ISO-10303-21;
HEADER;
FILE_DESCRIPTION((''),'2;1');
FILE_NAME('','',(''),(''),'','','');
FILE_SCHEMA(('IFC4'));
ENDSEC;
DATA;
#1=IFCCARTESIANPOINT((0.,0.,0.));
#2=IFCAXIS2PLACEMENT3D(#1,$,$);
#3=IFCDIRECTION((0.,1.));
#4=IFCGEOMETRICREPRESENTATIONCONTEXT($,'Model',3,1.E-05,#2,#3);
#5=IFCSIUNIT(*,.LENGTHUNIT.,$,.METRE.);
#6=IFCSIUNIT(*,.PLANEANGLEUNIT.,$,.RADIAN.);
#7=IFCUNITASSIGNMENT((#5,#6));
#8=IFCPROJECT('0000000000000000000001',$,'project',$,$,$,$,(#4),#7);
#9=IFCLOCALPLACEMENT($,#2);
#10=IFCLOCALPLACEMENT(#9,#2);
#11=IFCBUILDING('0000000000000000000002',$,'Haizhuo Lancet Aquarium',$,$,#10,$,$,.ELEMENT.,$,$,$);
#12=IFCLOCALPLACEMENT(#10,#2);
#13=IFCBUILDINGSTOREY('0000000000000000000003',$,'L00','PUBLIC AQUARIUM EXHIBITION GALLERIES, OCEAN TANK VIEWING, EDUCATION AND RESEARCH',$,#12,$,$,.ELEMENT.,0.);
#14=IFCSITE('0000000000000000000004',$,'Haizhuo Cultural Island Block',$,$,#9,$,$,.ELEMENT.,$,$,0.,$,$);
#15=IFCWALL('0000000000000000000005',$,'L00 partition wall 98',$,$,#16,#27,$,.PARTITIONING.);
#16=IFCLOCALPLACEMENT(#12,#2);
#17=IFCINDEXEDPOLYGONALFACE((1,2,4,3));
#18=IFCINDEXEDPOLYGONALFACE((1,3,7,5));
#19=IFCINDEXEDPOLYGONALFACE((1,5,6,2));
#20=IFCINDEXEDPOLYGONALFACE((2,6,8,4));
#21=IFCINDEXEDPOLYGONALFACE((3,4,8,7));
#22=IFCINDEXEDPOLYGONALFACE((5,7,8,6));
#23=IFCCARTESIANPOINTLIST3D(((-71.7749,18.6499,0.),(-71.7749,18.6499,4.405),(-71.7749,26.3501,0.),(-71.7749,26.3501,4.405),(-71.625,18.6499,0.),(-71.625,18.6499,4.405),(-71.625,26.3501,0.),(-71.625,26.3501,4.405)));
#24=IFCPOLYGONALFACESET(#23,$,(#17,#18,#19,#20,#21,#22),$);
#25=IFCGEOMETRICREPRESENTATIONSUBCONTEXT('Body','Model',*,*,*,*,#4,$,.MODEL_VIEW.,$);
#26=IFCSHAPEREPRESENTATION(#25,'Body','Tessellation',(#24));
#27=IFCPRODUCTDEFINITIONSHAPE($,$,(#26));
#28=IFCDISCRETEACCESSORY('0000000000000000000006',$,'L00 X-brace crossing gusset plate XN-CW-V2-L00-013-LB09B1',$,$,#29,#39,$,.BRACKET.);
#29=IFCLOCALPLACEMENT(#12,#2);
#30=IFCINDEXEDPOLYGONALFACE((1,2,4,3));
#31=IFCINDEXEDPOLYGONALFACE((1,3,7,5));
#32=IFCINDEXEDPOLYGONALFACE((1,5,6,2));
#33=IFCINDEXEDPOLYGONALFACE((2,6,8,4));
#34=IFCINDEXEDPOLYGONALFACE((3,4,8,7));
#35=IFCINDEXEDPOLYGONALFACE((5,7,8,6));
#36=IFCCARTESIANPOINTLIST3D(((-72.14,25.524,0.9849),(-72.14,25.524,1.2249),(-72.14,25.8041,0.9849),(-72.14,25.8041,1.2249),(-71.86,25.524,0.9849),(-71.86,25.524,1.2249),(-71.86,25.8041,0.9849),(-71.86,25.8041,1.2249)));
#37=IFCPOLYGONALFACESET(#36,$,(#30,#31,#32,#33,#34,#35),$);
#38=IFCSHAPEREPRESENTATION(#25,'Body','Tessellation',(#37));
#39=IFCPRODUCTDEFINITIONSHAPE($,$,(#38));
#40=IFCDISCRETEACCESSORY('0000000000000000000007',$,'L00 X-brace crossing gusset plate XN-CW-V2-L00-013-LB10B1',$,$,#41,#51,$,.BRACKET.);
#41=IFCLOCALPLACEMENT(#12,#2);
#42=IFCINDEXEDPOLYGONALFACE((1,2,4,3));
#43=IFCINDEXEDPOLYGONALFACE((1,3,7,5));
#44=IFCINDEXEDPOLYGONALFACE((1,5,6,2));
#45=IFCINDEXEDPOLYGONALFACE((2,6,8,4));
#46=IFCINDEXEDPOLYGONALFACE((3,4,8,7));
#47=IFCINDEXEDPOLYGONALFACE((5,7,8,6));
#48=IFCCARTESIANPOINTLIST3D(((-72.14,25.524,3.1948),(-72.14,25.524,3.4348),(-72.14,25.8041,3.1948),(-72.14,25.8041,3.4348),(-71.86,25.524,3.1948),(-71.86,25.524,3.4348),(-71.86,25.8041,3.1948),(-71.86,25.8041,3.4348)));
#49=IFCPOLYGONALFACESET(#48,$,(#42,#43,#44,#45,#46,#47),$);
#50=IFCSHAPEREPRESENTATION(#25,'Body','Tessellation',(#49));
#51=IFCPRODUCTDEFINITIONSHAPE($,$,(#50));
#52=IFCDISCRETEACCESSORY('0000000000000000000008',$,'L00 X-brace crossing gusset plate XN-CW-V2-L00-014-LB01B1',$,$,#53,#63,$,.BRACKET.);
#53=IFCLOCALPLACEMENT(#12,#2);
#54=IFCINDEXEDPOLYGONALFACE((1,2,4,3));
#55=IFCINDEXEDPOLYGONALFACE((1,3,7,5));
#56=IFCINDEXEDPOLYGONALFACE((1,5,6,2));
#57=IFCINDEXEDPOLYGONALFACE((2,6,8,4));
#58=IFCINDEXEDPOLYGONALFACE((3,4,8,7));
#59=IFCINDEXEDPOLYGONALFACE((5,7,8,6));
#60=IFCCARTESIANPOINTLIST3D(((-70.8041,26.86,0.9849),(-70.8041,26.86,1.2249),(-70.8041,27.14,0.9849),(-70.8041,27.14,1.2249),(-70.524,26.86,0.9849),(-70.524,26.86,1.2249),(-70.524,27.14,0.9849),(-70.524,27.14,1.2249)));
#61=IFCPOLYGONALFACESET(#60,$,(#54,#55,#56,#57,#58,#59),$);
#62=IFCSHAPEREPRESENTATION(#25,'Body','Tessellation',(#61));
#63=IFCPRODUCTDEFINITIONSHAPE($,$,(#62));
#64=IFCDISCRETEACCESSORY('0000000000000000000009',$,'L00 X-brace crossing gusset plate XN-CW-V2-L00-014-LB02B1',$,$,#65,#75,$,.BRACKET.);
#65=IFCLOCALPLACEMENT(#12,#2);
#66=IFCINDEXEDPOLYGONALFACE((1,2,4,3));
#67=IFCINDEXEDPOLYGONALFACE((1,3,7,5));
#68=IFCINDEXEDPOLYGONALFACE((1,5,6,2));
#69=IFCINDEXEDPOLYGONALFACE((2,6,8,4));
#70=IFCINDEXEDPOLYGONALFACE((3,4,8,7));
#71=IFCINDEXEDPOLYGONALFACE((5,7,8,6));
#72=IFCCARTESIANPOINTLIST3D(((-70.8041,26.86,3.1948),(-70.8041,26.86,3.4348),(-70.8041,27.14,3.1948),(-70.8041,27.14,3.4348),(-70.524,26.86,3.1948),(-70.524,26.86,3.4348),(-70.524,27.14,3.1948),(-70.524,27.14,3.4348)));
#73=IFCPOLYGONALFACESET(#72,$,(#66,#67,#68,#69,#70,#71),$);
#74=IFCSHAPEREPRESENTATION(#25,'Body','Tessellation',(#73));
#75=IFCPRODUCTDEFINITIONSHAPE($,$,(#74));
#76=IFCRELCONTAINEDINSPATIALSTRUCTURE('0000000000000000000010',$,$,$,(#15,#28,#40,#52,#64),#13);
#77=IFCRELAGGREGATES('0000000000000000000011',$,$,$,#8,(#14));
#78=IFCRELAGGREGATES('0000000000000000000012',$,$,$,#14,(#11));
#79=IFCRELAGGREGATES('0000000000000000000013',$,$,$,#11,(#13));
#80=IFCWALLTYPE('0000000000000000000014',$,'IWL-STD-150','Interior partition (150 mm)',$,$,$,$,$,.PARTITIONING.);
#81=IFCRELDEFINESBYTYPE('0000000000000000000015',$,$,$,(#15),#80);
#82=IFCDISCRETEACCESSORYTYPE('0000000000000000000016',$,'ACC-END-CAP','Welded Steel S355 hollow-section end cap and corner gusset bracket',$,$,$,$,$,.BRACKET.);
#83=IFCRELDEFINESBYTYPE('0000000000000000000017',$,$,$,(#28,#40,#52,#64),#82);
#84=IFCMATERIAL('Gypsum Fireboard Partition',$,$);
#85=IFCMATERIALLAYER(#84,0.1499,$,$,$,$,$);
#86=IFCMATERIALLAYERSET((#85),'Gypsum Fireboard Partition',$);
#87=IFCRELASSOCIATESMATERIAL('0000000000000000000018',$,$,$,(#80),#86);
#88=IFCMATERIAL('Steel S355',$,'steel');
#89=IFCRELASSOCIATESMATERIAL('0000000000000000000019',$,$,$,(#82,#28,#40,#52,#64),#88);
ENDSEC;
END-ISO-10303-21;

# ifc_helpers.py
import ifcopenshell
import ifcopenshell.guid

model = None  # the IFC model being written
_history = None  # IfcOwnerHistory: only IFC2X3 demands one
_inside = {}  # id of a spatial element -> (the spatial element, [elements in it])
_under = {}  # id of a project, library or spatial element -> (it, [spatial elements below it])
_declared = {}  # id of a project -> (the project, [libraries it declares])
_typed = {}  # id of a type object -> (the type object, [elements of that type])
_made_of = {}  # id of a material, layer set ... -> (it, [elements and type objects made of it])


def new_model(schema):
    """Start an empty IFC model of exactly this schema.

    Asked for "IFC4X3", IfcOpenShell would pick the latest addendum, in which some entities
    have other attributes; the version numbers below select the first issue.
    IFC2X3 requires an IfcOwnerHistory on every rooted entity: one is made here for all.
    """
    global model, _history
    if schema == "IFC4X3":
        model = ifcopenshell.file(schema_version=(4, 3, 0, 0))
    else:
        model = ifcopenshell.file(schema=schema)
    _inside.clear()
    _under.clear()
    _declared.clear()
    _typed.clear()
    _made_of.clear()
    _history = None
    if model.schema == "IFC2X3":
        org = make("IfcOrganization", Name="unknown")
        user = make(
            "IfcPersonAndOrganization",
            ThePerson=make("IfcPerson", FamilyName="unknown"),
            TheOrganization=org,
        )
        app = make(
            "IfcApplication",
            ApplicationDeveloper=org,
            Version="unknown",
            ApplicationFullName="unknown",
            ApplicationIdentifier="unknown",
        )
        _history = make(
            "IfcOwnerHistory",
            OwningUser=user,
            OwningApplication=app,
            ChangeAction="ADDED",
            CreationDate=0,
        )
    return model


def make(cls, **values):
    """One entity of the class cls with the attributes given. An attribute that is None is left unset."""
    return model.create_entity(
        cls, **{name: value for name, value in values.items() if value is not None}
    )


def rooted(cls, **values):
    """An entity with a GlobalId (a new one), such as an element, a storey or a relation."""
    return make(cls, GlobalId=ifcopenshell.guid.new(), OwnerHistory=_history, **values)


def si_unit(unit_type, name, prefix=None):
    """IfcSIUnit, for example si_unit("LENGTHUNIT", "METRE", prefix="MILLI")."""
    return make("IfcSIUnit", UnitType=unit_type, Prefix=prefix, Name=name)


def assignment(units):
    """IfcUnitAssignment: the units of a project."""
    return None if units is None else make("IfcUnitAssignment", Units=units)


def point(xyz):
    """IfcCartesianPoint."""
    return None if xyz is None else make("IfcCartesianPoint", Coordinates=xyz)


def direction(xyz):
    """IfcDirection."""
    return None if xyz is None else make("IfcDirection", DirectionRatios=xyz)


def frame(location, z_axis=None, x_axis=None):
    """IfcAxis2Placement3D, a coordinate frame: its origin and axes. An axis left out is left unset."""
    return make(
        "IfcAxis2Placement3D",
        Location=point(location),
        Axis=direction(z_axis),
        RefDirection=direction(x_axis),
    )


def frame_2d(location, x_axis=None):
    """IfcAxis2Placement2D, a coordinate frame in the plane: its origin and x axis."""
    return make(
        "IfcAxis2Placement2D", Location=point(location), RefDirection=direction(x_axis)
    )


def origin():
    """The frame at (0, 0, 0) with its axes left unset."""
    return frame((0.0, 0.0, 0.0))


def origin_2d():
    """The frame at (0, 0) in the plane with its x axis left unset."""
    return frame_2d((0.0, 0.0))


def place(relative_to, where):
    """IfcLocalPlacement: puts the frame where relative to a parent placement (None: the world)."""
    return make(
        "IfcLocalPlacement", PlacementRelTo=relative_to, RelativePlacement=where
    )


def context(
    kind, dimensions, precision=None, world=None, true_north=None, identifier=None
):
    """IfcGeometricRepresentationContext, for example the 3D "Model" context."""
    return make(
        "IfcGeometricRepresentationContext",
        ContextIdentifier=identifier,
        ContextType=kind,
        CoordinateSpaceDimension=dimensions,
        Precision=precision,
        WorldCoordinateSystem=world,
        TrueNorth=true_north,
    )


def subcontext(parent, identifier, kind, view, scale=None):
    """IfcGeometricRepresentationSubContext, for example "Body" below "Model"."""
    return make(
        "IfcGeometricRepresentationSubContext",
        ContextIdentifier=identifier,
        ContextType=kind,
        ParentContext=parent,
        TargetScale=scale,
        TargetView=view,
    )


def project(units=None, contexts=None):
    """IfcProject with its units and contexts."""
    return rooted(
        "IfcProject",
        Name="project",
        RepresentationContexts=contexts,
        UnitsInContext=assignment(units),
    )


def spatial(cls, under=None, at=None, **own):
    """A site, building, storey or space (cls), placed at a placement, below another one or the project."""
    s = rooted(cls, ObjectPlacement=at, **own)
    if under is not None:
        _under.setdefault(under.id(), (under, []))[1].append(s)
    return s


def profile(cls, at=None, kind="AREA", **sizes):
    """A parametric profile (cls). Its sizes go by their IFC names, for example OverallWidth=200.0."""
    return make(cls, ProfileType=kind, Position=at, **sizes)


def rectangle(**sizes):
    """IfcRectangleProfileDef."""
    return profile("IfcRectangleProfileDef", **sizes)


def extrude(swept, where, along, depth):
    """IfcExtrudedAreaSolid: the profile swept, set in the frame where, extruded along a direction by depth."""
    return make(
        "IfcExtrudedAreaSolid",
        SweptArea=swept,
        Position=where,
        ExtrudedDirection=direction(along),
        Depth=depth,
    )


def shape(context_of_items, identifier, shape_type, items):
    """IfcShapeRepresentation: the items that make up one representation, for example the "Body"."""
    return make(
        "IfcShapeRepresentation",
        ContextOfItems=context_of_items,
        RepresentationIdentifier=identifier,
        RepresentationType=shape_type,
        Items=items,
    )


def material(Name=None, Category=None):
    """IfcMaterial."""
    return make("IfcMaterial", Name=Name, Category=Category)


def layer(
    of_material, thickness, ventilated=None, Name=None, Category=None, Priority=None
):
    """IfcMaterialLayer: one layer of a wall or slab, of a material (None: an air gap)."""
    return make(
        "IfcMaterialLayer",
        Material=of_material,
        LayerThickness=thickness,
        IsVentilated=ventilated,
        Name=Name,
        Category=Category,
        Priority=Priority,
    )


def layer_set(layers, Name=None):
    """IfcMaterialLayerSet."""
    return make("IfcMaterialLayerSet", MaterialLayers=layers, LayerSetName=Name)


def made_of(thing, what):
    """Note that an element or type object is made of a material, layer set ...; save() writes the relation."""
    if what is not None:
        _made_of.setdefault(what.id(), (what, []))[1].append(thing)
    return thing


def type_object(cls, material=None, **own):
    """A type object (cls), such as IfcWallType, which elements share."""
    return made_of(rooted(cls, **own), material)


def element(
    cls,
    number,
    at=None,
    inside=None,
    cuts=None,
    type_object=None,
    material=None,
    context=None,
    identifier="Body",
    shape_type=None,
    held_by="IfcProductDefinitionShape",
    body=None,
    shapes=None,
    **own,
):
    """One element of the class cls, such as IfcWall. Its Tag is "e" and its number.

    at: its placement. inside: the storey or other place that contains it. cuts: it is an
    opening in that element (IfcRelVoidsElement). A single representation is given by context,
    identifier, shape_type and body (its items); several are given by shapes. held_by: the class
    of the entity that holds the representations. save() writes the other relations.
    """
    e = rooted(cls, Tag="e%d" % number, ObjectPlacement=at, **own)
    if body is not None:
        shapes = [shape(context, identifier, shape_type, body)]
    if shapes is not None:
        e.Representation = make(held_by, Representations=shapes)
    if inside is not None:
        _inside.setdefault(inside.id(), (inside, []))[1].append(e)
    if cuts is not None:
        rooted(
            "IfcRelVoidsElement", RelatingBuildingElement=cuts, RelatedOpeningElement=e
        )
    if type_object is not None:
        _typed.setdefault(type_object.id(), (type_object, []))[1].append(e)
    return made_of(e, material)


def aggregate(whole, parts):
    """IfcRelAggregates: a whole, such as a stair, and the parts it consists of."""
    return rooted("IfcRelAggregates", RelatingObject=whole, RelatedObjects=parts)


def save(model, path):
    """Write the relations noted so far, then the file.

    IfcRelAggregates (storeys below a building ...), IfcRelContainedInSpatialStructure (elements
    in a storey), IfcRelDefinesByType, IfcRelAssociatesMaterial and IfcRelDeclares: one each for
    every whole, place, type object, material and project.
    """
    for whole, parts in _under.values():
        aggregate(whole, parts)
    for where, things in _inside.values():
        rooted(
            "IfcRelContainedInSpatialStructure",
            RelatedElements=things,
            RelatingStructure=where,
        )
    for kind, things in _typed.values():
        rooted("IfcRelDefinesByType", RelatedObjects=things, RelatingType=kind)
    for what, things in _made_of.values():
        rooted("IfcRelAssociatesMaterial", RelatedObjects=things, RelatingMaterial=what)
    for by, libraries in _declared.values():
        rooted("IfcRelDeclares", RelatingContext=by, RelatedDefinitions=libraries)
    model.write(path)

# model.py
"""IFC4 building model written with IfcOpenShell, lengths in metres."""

from ifc_helpers import new_model, si_unit, direction, frame, frame_2d, origin, origin_2d, place, context, subcontext, project, spatial, rectangle, extrude, material, layer, layer_set, type_object, element, save


model = new_model("IFC4")

# Units and contexts
model_context = context("Model", 3, precision=1e-05, world=origin(), true_north=direction((0.0, 1.0)))
body_context = subcontext(model_context, "Body", "Model", "MODEL_VIEW")
ifc_project = project(units=[si_unit("LENGTHUNIT", "METRE"), si_unit("PLANEANGLEUNIT", "RADIAN")], contexts=[model_context])

# Site, building, storey
site_placement = place(None, origin())
site = spatial("IfcSite", under=ifc_project, at=site_placement, Name="Haizhuo Cultural Island Block", CompositionType="ELEMENT", RefElevation=0.0)
building_placement = place(site_placement, origin())
building = spatial("IfcBuilding", under=site, at=building_placement, Name="Haizhuo Lancet Aquarium", CompositionType="ELEMENT")
storey_placement = place(building_placement, origin())
storey = spatial("IfcBuildingStorey", under=building, at=storey_placement, Name="L00", Description="PUBLIC AQUARIUM EXHIBITION GALLERIES, OCEAN TANK VIEWING, EDUCATION AND RESEARCH", CompositionType="ELEMENT", Elevation=0.0)

# Shared definitions
ifc_material_1 = material(Name="Steel S355", Category="steel")

# Wall
ifc_material_2 = material(Name="Gypsum Fireboard Partition")
ifc_layer_1 = layer(ifc_material_2, 0.1499)
ifc_layer_set_1 = layer_set([ifc_layer_1], Name="Gypsum Fireboard Partition")
wall_type = type_object("IfcWallType", Name="IWL-STD-150", Description="Interior partition (150 mm)", PredefinedType="PARTITIONING", material=ifc_layer_set_1)
wall_placement = place(storey_placement, frame((-71.7, 26.3501, 0.0), z_axis=(0.0, 0.0, 1.0), x_axis=(0.0, -1.0, 0.0)))
element("IfcWall", 1, at=wall_placement, inside=storey, type_object=wall_type, Name="L00 partition wall 98", PredefinedType="PARTITIONING", context=body_context, shape_type="SweptSolid", body=[
    extrude(rectangle(XDim=7.7002, YDim=0.1499, at=frame_2d((3.8501, 0.0))), origin(), (0.0, 0.0, 1.0), 4.405),
])

# Discrete accessories
discrete_accessory_type = type_object("IfcDiscreteAccessoryType", Name="ACC-END-CAP", Description="Welded Steel S355 hollow-section end cap and corner gusset bracket", PredefinedType="BRACKET", material=ifc_material_1)
for number, where, z_axis, x_axis, name in (
    (2, (-72.0, 25.6641, 0.9849), (0.0, 0.0, 1.0), (1.0, 0.0, 0.0), "L00 X-brace crossing gusset plate XN-CW-V2-L00-013-LB09B1"),
    (3, (-72.0, 25.6641, 3.1948), (0.0, 0.0, 1.0), (1.0, 0.0, 0.0), "L00 X-brace crossing gusset plate XN-CW-V2-L00-013-LB10B1"),
    (4, (-70.6641, 27.0, 0.9849), (0.0, 0.0, 1.0), (1.0, 0.0, 0.0), "L00 X-brace crossing gusset plate XN-CW-V2-L00-014-LB01B1"),
    (5, (-70.6641, 27.0, 3.1948), (0.0, 0.0, 1.0), (1.0, 0.0, 0.0), "L00 X-brace crossing gusset plate XN-CW-V2-L00-014-LB02B1"),
):
    element("IfcDiscreteAccessory", number, at=place(storey_placement, frame(where, z_axis=z_axis, x_axis=x_axis)), inside=storey, type_object=discrete_accessory_type, material=ifc_material_1, Name=name, PredefinedType="BRACKET", context=body_context, shape_type="SweptSolid", body=[
        extrude(rectangle(XDim=0.28, YDim=0.28, at=origin_2d()), origin(), (0.0, 0.0, 1.0), 0.24),
    ])

save(model, "model.ifc")
